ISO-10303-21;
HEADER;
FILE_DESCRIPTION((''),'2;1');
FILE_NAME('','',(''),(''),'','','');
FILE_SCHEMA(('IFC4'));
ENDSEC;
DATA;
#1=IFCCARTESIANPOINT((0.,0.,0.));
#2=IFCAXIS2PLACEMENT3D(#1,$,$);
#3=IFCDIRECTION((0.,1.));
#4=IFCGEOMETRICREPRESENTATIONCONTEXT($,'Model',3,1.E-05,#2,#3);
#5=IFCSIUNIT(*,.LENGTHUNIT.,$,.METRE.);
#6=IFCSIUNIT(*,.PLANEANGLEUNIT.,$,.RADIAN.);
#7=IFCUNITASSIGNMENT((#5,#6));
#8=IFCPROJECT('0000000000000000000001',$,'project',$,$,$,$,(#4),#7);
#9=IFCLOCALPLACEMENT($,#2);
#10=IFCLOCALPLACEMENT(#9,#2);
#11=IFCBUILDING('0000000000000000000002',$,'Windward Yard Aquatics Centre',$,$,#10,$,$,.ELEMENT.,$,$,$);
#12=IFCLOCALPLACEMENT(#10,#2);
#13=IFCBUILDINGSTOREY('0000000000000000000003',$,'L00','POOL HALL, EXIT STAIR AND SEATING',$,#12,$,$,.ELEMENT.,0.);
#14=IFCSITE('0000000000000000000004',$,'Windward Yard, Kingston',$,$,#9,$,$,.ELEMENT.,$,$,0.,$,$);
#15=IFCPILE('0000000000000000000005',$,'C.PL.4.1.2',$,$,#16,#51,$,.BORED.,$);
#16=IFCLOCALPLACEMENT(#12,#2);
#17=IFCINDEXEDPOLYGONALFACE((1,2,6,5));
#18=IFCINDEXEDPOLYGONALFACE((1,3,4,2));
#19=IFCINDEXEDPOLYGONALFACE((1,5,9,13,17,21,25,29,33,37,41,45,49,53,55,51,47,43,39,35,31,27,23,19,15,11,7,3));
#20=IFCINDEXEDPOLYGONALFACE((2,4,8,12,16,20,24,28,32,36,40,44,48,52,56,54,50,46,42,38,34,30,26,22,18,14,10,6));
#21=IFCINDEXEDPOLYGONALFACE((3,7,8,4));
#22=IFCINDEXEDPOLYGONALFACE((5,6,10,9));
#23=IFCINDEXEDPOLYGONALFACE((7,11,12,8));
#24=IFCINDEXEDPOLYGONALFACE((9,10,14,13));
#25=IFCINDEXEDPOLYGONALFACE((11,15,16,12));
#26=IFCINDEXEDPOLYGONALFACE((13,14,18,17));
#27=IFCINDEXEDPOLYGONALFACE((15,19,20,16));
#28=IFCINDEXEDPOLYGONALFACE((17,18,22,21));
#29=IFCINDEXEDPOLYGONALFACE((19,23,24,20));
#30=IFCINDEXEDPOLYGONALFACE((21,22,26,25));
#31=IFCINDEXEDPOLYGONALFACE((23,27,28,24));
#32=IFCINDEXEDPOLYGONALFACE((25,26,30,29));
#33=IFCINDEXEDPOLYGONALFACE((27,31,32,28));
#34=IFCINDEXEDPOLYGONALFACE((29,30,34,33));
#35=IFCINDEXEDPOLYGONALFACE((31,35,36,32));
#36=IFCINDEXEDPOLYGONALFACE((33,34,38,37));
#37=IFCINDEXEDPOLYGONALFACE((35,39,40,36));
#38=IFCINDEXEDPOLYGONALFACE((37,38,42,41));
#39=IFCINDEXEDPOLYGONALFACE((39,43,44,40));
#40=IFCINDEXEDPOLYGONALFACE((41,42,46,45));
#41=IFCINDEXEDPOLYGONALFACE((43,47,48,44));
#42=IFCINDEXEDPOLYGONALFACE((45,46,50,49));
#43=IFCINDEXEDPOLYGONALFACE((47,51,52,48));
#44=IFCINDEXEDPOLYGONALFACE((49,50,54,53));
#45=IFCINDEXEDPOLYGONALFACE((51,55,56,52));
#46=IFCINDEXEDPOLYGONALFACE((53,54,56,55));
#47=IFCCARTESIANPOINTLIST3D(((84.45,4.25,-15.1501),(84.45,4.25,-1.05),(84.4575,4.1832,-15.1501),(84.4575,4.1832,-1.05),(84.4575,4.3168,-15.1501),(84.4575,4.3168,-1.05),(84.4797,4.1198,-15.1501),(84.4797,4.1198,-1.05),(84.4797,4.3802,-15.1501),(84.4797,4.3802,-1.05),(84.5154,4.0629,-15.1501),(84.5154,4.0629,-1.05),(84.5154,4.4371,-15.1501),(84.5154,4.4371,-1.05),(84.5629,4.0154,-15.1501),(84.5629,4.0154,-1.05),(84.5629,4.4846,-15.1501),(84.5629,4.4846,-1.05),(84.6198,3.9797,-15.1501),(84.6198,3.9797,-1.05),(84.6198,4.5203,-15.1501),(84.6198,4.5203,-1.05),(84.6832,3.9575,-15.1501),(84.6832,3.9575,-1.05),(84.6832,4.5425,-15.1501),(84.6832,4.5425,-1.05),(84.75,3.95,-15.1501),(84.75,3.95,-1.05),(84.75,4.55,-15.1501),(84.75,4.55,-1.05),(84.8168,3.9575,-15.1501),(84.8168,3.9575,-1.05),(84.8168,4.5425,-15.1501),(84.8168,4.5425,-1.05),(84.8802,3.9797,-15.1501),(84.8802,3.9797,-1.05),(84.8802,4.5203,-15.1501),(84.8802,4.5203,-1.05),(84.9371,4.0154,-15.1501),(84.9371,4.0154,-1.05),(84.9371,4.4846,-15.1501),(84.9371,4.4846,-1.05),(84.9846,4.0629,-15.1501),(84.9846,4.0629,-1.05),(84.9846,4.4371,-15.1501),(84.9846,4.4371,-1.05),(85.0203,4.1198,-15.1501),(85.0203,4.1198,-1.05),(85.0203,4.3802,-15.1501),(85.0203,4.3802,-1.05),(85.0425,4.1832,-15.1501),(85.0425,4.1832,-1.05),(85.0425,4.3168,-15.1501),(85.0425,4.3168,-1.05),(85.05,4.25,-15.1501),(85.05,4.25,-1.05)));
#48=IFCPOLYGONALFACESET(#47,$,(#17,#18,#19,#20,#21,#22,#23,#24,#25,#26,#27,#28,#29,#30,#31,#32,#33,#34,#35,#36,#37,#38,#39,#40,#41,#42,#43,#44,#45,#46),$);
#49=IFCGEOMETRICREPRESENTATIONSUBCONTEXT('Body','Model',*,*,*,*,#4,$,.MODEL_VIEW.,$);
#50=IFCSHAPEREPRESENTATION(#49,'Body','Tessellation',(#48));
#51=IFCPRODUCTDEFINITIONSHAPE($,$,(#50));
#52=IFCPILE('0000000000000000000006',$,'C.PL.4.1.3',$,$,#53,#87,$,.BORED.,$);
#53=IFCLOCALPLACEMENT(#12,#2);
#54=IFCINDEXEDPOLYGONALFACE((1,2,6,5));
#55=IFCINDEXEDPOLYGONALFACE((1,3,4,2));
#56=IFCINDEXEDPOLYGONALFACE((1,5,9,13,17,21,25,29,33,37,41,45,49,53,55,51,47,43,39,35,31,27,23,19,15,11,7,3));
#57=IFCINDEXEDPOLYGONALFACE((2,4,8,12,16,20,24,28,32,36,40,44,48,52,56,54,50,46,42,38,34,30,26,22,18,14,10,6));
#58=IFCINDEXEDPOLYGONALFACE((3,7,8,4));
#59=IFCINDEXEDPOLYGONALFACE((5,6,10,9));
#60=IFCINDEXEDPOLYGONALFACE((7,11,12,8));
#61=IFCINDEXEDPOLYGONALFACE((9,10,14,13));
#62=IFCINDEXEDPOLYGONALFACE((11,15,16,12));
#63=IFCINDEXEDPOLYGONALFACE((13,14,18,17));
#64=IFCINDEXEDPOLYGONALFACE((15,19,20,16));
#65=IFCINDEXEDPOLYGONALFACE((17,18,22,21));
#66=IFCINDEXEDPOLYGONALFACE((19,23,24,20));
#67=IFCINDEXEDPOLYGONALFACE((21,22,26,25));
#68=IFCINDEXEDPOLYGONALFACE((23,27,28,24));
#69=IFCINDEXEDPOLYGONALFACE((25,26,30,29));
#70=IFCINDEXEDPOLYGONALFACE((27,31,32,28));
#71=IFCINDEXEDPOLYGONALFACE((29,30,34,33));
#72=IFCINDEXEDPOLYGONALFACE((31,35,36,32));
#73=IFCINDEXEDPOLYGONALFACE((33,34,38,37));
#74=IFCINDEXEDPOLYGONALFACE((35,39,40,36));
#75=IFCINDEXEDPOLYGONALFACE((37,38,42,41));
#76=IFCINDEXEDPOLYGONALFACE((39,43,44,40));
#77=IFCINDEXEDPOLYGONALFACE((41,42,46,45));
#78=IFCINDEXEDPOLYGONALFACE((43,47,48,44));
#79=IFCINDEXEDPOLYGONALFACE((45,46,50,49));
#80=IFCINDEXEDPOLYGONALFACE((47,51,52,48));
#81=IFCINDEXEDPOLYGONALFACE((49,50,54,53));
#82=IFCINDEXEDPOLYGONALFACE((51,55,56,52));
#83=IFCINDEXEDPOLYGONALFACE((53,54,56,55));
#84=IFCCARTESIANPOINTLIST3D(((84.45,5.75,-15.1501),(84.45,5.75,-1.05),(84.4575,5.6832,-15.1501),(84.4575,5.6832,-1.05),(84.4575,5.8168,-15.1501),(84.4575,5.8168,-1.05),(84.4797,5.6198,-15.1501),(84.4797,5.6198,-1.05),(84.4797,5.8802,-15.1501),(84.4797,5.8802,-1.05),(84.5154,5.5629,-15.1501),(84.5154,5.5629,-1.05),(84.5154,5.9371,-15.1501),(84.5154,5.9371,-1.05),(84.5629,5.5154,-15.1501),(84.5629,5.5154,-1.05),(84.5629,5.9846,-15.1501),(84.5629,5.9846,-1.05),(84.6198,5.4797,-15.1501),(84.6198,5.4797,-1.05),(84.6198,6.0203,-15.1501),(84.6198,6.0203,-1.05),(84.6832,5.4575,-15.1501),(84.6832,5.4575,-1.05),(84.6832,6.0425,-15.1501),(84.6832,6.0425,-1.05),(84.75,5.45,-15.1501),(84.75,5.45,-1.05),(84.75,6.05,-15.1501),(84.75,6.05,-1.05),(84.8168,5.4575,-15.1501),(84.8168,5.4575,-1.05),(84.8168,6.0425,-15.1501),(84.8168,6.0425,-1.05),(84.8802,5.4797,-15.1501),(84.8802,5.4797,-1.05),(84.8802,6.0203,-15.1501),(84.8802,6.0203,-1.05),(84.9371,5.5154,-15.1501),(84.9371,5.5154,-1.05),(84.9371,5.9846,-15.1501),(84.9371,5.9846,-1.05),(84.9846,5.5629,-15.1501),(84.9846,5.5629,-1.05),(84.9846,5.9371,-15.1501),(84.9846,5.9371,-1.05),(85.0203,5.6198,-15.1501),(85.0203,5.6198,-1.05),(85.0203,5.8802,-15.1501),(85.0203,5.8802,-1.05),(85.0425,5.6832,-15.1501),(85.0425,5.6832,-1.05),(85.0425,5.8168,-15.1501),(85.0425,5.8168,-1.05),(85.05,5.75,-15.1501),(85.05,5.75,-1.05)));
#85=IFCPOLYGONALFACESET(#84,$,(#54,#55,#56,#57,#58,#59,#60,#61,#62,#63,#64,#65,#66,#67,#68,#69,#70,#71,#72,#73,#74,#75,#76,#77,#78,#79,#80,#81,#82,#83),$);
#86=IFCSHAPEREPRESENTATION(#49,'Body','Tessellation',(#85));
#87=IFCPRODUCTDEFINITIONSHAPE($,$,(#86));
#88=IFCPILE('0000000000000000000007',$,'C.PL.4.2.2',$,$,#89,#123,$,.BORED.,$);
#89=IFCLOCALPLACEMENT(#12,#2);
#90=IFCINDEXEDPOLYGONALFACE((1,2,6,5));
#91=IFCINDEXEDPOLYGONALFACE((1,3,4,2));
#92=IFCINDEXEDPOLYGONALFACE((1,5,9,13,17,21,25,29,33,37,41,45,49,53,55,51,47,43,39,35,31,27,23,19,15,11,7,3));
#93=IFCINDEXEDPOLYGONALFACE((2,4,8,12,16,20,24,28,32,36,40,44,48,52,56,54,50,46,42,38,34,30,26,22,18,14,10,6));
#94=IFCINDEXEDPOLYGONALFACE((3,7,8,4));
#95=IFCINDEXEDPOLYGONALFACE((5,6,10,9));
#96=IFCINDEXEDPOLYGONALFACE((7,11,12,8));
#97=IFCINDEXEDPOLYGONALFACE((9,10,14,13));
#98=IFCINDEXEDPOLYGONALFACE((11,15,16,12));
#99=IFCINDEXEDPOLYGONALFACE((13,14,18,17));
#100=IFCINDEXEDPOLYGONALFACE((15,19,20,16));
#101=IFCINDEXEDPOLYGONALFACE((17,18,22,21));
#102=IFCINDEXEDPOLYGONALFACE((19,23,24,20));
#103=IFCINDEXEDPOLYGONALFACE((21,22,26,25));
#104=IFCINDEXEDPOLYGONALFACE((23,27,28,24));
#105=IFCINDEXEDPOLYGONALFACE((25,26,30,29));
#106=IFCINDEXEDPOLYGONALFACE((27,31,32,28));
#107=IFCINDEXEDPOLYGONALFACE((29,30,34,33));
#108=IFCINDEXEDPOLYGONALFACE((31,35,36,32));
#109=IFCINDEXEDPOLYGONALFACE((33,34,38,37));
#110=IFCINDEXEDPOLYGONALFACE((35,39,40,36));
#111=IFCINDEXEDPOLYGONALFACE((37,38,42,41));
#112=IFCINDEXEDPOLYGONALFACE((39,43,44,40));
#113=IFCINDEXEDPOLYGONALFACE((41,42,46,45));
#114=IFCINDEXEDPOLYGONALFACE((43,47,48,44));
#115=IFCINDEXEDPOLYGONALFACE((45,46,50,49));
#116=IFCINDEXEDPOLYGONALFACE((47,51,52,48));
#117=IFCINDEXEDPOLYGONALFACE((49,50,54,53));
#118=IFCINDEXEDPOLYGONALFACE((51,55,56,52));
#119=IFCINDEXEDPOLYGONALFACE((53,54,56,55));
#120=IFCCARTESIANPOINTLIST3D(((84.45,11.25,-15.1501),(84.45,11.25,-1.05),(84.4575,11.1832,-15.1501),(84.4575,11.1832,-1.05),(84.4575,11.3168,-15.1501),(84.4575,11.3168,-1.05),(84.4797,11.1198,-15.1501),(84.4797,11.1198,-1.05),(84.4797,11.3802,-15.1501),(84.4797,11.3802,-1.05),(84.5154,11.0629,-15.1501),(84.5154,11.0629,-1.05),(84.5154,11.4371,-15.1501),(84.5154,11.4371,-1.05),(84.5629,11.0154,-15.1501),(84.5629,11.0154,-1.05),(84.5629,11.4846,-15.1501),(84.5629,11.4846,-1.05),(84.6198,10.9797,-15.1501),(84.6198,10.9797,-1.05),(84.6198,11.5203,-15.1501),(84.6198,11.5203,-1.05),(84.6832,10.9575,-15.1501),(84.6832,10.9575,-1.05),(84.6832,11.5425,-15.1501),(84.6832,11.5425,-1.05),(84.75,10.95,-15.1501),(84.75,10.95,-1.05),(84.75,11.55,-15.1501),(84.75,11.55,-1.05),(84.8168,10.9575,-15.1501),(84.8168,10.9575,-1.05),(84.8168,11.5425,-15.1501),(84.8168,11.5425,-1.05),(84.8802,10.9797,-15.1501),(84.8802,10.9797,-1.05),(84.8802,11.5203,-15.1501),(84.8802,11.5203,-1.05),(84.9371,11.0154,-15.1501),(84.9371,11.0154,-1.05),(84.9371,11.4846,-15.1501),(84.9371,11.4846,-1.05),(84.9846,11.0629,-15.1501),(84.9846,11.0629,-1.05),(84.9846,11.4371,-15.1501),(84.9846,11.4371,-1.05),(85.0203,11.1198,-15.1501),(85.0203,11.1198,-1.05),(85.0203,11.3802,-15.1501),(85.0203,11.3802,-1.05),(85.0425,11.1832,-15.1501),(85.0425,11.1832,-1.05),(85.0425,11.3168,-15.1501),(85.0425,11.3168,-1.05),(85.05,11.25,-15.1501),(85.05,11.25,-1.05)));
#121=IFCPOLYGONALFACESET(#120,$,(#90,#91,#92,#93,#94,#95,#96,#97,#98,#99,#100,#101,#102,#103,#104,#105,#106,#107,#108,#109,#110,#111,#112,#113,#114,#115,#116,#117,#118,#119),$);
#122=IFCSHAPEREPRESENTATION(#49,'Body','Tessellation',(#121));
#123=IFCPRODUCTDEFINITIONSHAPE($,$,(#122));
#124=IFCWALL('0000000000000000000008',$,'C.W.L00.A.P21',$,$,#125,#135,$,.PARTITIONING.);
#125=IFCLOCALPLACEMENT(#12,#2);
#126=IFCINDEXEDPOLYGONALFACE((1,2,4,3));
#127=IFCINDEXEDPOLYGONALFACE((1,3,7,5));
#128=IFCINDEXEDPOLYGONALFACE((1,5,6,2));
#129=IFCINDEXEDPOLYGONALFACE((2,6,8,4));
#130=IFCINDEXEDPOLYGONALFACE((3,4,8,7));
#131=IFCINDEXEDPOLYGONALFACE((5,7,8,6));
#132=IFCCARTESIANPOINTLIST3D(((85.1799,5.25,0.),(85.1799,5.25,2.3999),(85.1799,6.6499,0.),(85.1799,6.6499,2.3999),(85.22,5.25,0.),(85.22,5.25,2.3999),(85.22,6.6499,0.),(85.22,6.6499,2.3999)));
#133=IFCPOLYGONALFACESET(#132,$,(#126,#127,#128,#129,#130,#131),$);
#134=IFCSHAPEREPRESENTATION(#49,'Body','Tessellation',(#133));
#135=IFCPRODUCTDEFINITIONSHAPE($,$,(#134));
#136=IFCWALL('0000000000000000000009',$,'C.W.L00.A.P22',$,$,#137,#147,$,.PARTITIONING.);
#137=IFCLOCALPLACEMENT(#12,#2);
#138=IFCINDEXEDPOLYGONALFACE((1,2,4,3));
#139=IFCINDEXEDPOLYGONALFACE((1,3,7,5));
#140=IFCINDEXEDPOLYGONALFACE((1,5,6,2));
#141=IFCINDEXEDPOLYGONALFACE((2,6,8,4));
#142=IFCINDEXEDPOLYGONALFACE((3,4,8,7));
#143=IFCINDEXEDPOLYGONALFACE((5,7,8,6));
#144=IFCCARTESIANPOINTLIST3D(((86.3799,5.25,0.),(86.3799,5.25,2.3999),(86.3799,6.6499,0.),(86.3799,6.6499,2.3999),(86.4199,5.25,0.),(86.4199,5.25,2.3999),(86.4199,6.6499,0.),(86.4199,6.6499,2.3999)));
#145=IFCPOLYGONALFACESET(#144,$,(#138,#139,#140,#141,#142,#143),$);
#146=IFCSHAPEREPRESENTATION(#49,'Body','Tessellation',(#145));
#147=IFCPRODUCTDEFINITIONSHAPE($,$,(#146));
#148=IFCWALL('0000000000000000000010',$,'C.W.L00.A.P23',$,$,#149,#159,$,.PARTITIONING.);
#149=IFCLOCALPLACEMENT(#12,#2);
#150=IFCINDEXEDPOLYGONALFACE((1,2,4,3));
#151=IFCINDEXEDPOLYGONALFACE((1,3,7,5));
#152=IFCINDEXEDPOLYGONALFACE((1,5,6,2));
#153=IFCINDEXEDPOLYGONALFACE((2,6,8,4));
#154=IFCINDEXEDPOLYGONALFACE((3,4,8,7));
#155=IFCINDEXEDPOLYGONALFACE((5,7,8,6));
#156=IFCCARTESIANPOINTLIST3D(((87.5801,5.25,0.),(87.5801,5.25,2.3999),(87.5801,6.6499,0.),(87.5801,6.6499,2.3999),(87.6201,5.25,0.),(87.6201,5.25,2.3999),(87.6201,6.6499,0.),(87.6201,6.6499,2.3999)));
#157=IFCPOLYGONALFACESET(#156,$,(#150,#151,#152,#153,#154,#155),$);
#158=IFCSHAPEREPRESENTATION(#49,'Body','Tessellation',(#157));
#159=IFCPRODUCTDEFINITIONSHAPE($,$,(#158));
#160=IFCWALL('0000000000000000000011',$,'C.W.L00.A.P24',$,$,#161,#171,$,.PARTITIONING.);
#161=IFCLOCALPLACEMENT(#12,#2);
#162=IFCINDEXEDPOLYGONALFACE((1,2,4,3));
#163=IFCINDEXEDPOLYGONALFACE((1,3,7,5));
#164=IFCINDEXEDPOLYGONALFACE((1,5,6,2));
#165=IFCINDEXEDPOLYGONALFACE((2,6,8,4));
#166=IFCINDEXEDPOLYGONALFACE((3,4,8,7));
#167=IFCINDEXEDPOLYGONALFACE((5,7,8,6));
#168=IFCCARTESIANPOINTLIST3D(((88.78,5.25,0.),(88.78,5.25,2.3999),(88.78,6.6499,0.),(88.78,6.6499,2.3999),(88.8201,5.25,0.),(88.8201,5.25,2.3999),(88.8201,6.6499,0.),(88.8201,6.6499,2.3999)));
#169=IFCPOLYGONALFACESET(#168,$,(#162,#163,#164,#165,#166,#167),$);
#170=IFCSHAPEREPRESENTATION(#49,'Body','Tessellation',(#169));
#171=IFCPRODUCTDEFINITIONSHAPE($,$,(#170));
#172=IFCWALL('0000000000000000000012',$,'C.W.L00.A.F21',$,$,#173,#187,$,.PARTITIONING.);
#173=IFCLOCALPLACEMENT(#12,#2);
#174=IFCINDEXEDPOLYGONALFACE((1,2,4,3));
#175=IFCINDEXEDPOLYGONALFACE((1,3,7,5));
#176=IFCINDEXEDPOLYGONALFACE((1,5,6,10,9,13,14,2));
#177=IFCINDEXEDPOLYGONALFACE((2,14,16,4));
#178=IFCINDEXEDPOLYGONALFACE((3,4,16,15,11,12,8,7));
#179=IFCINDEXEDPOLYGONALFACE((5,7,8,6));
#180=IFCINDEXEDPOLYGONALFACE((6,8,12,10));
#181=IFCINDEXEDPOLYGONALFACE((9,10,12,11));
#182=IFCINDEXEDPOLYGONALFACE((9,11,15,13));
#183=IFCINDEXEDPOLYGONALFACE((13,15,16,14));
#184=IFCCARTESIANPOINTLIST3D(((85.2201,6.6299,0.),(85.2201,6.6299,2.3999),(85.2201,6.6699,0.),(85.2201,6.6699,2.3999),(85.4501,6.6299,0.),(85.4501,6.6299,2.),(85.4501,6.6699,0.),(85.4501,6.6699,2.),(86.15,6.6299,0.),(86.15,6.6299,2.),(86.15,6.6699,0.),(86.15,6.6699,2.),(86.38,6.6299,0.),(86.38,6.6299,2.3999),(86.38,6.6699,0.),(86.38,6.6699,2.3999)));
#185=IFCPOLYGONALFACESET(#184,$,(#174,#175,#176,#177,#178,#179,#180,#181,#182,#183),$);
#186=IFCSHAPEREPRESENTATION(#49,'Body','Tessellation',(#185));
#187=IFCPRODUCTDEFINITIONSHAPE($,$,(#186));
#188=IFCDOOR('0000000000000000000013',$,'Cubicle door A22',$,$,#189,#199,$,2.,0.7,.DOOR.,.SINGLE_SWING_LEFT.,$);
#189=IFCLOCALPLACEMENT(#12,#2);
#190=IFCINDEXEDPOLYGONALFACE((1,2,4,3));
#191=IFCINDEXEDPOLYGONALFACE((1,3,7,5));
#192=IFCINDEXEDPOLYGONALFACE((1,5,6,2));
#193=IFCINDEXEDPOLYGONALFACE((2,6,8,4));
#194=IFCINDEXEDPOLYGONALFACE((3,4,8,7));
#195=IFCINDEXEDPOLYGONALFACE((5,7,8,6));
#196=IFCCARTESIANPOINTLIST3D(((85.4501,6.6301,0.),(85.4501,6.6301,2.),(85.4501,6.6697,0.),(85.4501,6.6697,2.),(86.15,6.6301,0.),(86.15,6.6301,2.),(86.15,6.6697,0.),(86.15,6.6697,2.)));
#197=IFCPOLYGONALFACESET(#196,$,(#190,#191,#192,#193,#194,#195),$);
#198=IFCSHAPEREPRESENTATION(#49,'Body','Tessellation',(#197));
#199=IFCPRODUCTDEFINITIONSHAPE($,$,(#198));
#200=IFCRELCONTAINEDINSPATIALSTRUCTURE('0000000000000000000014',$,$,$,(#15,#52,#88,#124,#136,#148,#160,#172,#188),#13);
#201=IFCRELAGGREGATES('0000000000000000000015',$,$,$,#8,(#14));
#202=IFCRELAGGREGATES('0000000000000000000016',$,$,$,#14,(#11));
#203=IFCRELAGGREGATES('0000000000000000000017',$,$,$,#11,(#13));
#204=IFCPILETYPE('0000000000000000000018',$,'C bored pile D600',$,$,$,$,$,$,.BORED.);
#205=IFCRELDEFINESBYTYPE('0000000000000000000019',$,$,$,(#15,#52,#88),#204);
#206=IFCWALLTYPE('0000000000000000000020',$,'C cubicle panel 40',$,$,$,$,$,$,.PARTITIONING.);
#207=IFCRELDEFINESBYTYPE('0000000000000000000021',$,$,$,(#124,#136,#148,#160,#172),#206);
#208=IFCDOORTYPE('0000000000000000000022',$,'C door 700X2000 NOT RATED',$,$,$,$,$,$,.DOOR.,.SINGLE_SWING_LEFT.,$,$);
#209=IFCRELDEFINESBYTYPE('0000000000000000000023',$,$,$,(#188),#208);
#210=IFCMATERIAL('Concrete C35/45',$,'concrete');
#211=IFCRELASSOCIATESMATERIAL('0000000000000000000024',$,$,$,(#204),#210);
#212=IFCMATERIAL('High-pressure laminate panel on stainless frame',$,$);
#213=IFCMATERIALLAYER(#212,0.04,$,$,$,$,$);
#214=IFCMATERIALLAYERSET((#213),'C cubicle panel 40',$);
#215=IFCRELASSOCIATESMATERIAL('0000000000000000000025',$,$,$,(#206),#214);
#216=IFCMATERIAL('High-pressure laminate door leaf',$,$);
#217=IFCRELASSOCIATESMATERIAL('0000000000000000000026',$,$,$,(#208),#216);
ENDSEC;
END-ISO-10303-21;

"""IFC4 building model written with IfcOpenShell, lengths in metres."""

from ifc_helpers import new_model, si_unit, direction, frame, frame_2d, origin, origin_2d, place, context, subcontext, project, spatial, rectangle, circle, extrude, material, layer, layer_set, material_profile, profile_set, type_object, element, fill, save


model = new_model("IFC4")

# Units and contexts
model_context = context("Model", 3, precision=1e-05, world=origin(), true_north=direction((0.0, 1.0)))
body_context = subcontext(model_context, "Body", "Model", "MODEL_VIEW")
ifc_project = project(units=[si_unit("LENGTHUNIT", "METRE"), si_unit("PLANEANGLEUNIT", "RADIAN")], contexts=[model_context])

# Site, building, storey
site_placement = place(None, origin())
site = spatial("IfcSite", under=ifc_project, at=site_placement, Name="Windward Yard, Kingston", CompositionType="ELEMENT", RefElevation=0.0)
building_placement = place(site_placement, origin())
building = spatial("IfcBuilding", under=site, at=building_placement, Name="Windward Yard Aquatics Centre", CompositionType="ELEMENT")
storey_placement = place(building_placement, origin())
storey = spatial("IfcBuildingStorey", under=building, at=storey_placement, Name="L00", Description="POOL HALL, EXIT STAIR AND SEATING", CompositionType="ELEMENT", Elevation=0.0)

# Piles
ifc_material_1 = material(Name="Concrete C35/45", Category="concrete")
ifc_material_profile = material_profile(ifc_material_1, circle(Radius=0.3, at=origin_2d()), Name="RC D600")
ifc_profile_set = profile_set([ifc_material_profile], Name="Concrete C35/45")
pile_type = type_object("IfcPileType", Name="C bored pile D600", PredefinedType="BORED", material=ifc_profile_set)
for number, where, z_axis, x_axis, name in (
    (1, (84.75, 4.25, -1.05), (0.0, 0.0, -1.0), (1.0, 0.0, 0.0), "C.PL.4.1.2"),
    (2, (84.75, 5.75, -1.05), (0.0, 0.0, -1.0), (1.0, 0.0, 0.0), "C.PL.4.1.3"),
    (3, (84.75, 11.25, -1.05), (0.0, 0.0, -1.0), (1.0, 0.0, 0.0), "C.PL.4.2.2"),
):
    element("IfcPile", number, at=place(storey_placement, frame(where, z_axis=z_axis, x_axis=x_axis)), inside=storey, type_object=pile_type, Name=name, PredefinedType="BORED", context=body_context, shape_type="SweptSolid", body=[
        extrude(circle(Radius=0.3, at=origin_2d()), origin(), (0.0, 0.0, 1.0), 14.1001),
    ])

# Walls
ifc_material_2 = material(Name="High-pressure laminate panel on stainless frame")
ifc_layer_1 = layer(ifc_material_2, 0.04)
ifc_layer_set_1 = layer_set([ifc_layer_1], Name="C cubicle panel 40")
wall_type_1 = type_object("IfcWallType", Name="C cubicle panel 40", PredefinedType="PARTITIONING", material=ifc_layer_set_1)
for number, where, z_axis, x_axis, name in (
    (4, (85.2, 5.25, 0.0), (0.0, 0.0, 1.0), (0.0, 1.0, 0.0), "C.W.L00.A.P21"),
    (5, (86.3999, 5.25, 0.0), (0.0, 0.0, 1.0), (0.0, 1.0, 0.0), "C.W.L00.A.P22"),
    (6, (87.6001, 5.25, 0.0), (0.0, 0.0, 1.0), (0.0, 1.0, 0.0), "C.W.L00.A.P23"),
    (7, (88.8, 5.25, 0.0), (0.0, 0.0, 1.0), (0.0, 1.0, 0.0), "C.W.L00.A.P24"),
):
    element("IfcWall", number, at=place(storey_placement, frame(where, z_axis=z_axis, x_axis=x_axis)), inside=storey, type_object=wall_type_1, Name=name, PredefinedType="PARTITIONING", context=body_context, shape_type="SweptSolid", body=[
        extrude(rectangle(XDim=1.3999, YDim=0.04, at=frame_2d((0.7, 0.0))), origin(), (0.0, 0.0, 1.0), 2.3999),
    ])

# Wall, opening, door
wall_1_placement = place(storey_placement, frame((85.22, 6.6499, 0.0), z_axis=(0.0, 0.0, 1.0), x_axis=(1.0, 0.0, 0.0)))
wall_1 = element("IfcWall", 8, at=wall_1_placement, inside=storey, type_object=wall_type_1, Name="C.W.L00.A.F21", PredefinedType="PARTITIONING", context=body_context, shape_type="SweptSolid", body=[
    extrude(rectangle(XDim=1.1599, YDim=0.04, at=frame_2d((0.5801, 0.0))), origin(), (0.0, 0.0, 1.0), 2.3999),
])
opening_1_placement = place(wall_1_placement, frame((0.23, 0.0, 0.0)))
opening_1 = element("IfcOpeningElement", 9, at=opening_1_placement, cuts=wall_1, PredefinedType="OPENING", context=body_context, shape_type="SweptSolid", body=[
    extrude(rectangle(XDim=0.7, YDim=2.0, at=frame_2d((0.3501, 1.0))), frame((0.0, 0.03, 0.0), z_axis=(0.0, -1.0, 0.0), x_axis=(1.0, 0.0, 0.0)), (0.0, 0.0, 1.0), 0.0601),
])
ifc_material_3 = material(Name="High-pressure laminate door leaf")
door_type = type_object("IfcDoorType", Name="C door 700X2000 NOT RATED", OperationType="SINGLE_SWING_LEFT", PredefinedType="DOOR", material=ifc_material_3)
door_1_placement = place(opening_1_placement, origin())
door_1 = element("IfcDoor", 10, at=door_1_placement, inside=storey, type_object=door_type, Name="Cubicle door A22", OperationType="SINGLE_SWING_LEFT", OverallHeight=2.0, OverallWidth=0.7, PredefinedType="DOOR", context=body_context, shape_type="SweptSolid", body=[
    extrude(rectangle(XDim=0.7, YDim=2.0, at=frame_2d((0.3501, 1.0))), frame((0.0, 0.0198, 0.0), z_axis=(0.0, -1.0, 0.0), x_axis=(1.0, 0.0, 0.0)), (0.0, 0.0, 1.0), 0.0396),
])
fill(opening_1, door_1)

save(model, "model.ifc")
